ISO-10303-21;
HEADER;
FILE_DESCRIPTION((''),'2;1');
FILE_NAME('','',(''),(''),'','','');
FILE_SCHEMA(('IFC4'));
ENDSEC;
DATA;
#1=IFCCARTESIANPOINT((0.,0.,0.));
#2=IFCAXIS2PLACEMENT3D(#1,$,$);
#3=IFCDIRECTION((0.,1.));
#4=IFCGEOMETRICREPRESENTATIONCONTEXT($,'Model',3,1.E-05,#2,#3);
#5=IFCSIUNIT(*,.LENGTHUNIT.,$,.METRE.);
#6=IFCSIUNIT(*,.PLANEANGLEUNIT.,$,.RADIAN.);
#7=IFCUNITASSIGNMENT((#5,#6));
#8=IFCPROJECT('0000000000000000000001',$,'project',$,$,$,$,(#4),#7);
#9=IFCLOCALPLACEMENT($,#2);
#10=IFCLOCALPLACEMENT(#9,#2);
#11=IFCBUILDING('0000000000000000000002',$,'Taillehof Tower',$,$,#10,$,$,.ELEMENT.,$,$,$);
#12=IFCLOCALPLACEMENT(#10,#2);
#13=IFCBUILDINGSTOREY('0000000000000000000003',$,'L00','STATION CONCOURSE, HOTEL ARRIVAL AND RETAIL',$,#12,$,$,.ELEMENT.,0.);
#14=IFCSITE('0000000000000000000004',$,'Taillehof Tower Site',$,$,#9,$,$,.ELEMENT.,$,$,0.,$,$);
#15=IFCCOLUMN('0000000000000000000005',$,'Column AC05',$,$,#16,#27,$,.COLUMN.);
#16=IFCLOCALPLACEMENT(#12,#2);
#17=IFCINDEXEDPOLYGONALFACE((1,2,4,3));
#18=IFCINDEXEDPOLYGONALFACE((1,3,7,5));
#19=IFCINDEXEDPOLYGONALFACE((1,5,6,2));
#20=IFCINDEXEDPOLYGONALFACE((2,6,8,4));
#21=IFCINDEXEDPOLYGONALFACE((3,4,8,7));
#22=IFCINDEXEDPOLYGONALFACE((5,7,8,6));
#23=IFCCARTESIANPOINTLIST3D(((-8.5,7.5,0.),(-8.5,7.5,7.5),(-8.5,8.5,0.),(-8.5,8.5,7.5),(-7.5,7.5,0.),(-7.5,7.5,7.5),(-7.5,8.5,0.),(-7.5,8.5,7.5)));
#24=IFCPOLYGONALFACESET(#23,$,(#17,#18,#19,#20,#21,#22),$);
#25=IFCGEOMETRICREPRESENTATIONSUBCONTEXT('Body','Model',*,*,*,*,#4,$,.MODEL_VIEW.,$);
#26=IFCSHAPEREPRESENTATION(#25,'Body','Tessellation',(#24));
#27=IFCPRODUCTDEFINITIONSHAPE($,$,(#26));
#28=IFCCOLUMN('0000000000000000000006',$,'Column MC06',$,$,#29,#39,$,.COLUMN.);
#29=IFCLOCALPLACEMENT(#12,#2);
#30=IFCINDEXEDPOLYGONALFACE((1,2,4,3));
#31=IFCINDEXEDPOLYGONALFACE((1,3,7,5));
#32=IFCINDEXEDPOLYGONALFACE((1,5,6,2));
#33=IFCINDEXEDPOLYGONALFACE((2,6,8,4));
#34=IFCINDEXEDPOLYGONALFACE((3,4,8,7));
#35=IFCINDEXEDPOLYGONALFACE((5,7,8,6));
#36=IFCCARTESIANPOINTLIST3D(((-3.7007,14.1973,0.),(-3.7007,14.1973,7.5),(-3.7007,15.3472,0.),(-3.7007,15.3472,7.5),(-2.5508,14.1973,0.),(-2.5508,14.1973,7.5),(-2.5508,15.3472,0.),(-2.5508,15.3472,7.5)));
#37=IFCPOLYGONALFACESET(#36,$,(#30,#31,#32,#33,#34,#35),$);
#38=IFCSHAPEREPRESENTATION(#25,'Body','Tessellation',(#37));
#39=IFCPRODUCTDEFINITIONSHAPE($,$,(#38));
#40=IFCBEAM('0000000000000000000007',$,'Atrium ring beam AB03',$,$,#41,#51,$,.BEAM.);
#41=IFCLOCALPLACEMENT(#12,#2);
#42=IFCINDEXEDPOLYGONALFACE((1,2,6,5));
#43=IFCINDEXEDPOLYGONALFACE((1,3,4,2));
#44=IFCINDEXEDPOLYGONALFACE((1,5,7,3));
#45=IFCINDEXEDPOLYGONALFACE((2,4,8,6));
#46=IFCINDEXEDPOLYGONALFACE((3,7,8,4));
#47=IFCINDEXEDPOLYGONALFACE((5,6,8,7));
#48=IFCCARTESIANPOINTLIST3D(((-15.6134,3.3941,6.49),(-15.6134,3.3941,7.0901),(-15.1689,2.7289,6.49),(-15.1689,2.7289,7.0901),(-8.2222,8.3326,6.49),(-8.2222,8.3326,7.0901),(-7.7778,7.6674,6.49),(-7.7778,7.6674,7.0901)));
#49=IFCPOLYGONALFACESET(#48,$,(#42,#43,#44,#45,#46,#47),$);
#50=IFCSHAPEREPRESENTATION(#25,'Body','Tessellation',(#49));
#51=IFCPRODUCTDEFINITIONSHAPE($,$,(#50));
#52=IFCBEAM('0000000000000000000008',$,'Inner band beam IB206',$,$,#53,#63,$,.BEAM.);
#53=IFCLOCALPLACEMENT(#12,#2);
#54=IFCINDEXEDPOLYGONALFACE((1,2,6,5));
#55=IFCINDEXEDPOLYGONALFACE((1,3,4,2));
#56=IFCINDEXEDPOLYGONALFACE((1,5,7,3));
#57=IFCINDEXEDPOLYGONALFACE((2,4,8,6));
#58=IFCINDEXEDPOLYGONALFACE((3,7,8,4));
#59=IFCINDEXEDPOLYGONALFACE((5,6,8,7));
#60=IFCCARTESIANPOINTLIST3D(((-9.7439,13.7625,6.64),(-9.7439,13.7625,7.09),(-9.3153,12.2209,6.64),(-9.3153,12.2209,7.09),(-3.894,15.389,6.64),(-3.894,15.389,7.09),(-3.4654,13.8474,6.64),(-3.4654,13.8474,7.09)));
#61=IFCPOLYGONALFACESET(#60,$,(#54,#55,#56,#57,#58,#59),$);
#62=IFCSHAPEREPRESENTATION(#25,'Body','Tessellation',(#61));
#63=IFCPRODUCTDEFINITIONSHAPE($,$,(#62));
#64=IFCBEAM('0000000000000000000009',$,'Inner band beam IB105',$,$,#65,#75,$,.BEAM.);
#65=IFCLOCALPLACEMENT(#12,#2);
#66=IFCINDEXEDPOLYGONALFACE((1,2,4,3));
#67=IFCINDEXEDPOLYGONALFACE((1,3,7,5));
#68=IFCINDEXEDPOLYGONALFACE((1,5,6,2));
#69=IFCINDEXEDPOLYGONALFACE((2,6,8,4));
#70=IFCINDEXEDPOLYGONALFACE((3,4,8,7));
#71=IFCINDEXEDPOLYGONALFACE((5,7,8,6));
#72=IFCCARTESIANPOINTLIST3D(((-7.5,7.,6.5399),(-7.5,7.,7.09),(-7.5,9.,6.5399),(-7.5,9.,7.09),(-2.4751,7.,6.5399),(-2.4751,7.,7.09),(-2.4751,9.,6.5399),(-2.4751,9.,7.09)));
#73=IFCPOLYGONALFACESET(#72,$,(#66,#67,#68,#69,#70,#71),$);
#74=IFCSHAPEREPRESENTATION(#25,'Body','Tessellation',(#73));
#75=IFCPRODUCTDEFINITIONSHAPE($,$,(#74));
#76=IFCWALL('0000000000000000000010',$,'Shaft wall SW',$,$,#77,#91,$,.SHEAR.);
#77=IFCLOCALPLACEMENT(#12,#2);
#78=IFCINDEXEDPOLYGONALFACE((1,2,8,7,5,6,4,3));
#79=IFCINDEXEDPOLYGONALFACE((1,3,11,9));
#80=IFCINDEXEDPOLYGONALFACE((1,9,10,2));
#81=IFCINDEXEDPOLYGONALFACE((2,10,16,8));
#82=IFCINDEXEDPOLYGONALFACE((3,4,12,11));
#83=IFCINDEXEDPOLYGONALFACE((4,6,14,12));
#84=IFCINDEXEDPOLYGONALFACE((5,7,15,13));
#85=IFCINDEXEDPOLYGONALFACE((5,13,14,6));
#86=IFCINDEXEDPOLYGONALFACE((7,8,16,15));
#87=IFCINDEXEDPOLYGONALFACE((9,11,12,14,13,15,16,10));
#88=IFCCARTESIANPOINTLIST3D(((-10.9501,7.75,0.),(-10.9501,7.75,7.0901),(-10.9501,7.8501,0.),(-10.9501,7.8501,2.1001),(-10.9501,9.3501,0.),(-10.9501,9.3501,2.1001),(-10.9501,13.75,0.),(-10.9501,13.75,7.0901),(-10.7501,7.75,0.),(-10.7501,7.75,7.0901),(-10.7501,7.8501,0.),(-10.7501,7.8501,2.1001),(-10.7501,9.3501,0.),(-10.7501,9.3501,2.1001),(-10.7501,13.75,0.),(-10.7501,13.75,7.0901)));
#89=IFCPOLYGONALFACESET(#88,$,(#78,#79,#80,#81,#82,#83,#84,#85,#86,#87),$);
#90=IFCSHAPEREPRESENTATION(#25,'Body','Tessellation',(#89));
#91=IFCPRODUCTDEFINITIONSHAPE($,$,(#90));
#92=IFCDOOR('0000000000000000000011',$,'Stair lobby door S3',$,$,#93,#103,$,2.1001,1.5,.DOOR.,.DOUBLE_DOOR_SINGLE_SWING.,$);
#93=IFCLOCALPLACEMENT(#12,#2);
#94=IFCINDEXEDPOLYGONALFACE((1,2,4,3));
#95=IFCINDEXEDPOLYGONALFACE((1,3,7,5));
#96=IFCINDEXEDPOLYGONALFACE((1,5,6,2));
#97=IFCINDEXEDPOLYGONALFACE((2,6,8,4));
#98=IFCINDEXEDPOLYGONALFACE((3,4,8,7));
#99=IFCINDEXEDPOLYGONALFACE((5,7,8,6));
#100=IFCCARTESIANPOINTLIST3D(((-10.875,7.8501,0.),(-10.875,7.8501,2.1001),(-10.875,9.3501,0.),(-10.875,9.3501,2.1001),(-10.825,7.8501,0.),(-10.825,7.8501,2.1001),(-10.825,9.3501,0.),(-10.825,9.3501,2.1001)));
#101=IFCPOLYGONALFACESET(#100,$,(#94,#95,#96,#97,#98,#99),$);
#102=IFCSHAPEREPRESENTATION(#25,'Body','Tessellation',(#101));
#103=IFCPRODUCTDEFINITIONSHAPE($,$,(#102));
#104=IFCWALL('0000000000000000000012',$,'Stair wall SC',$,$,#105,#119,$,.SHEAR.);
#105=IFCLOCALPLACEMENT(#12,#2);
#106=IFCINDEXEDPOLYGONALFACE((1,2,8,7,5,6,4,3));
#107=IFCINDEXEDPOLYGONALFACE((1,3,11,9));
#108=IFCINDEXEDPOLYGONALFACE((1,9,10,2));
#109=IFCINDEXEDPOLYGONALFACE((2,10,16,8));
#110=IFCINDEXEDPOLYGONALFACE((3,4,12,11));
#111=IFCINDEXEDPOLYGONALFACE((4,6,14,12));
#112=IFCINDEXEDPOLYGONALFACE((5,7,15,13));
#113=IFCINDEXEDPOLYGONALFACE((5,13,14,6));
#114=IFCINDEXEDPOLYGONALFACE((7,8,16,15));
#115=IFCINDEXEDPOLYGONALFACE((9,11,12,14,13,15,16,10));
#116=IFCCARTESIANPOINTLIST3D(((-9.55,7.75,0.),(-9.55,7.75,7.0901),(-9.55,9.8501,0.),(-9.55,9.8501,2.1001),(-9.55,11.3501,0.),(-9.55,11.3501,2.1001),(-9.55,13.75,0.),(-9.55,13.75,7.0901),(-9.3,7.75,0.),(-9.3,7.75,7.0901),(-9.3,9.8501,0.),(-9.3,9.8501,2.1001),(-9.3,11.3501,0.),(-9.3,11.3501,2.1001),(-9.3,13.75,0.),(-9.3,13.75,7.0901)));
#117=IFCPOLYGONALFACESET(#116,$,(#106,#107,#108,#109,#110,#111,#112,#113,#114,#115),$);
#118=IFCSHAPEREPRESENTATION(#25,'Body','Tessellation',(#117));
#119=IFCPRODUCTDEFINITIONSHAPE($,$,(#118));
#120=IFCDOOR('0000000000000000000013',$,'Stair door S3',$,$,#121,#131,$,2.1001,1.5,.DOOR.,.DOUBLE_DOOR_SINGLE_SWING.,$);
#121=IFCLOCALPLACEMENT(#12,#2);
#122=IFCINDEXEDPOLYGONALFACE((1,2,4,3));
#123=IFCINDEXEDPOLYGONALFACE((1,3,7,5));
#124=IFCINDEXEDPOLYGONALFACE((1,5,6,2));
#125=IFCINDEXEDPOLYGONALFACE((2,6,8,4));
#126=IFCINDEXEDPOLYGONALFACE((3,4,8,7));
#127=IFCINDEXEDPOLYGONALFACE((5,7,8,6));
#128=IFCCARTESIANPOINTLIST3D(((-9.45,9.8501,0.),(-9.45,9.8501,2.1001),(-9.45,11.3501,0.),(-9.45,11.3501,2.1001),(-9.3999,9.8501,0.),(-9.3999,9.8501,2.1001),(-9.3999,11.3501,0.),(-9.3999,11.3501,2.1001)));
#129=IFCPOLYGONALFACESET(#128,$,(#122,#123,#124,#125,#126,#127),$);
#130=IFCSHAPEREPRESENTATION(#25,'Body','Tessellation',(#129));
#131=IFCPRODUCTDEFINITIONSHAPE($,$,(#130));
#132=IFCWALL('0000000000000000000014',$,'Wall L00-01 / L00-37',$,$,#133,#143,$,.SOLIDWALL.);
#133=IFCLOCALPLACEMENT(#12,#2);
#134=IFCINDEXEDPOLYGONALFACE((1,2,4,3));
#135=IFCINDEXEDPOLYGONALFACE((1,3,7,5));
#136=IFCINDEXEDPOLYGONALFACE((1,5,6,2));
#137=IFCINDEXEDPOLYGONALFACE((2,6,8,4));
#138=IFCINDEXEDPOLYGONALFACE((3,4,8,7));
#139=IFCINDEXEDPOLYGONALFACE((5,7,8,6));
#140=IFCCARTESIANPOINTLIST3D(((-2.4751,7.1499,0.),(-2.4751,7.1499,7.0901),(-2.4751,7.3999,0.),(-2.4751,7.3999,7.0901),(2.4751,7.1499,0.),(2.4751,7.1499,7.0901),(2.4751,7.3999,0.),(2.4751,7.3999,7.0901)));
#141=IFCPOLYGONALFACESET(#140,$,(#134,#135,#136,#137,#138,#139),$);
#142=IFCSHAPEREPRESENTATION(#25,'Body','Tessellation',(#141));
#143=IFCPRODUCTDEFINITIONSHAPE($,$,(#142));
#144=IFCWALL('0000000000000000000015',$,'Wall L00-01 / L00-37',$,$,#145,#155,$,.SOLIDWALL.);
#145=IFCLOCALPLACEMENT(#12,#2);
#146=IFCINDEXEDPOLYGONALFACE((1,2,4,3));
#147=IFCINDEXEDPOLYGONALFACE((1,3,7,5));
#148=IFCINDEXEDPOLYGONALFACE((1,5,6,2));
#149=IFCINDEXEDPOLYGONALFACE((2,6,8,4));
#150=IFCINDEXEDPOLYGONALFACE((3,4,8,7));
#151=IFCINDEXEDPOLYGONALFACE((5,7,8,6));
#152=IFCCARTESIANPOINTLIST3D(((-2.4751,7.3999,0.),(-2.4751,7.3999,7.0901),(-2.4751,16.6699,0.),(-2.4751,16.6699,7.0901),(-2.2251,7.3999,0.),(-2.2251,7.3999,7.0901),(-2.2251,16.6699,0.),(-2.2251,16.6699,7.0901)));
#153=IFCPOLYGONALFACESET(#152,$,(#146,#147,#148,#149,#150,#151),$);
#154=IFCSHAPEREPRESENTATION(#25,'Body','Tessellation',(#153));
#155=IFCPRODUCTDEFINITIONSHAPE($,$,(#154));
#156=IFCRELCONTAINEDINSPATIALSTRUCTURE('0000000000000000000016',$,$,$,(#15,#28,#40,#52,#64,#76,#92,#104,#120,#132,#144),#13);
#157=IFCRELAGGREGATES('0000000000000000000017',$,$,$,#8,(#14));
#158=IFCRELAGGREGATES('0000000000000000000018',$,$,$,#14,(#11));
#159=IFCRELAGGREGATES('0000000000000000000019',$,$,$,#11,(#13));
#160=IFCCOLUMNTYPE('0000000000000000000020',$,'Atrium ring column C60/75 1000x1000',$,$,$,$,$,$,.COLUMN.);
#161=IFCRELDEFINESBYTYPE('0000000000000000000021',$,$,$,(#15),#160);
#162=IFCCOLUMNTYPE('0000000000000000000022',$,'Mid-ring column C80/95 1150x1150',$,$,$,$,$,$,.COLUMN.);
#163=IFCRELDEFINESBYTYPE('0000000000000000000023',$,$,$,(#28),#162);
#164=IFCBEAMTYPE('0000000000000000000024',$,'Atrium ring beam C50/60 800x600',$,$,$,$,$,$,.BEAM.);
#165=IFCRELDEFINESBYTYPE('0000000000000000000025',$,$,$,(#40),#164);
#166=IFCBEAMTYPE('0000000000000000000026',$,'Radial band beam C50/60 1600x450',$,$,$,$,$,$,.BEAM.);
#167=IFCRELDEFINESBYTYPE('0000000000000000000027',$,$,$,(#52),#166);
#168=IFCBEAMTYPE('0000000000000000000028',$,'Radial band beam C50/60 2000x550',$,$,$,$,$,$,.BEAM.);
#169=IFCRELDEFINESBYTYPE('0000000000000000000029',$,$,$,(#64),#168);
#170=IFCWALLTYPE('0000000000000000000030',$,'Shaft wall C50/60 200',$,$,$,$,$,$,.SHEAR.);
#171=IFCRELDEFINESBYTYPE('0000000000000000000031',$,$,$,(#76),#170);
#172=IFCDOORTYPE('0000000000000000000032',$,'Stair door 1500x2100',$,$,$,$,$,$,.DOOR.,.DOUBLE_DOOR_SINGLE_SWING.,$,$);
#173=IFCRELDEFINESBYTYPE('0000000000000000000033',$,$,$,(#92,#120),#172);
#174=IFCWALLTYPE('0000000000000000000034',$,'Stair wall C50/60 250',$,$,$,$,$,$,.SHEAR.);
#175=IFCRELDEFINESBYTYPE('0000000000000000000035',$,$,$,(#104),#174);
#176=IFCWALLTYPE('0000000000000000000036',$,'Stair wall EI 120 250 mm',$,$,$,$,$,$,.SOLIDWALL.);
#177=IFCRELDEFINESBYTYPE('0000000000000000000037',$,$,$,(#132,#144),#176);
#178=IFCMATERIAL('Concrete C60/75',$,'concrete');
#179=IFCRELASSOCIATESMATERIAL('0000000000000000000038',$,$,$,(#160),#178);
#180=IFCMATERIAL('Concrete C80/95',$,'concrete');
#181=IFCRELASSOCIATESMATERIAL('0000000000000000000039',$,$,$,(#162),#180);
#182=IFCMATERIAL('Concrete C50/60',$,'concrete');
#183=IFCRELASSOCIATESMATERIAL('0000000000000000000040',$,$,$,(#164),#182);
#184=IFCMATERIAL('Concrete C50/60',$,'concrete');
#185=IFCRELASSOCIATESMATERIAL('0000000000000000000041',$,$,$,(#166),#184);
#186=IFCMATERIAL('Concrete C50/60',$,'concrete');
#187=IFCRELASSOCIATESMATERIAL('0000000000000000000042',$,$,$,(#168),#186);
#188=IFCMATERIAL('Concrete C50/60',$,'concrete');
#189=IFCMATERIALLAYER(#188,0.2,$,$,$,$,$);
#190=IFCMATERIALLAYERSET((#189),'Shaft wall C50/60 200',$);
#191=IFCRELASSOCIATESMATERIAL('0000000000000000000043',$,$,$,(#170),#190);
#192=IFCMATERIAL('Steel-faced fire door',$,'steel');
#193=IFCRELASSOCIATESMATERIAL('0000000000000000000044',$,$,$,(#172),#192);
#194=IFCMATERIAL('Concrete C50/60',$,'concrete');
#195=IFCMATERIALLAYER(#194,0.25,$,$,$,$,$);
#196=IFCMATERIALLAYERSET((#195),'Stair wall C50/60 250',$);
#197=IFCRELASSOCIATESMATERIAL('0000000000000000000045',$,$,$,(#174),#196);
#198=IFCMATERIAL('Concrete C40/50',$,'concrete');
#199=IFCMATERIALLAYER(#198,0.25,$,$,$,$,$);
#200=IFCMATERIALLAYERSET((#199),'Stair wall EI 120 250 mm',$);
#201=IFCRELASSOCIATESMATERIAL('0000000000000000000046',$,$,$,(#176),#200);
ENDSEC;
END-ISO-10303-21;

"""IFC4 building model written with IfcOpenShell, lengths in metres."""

from ifc_helpers import new_model, si_unit, direction, frame, frame_2d, origin, origin_2d, place, context, subcontext, project, spatial, rectangle, extrude, material, layer, layer_set, material_profile, profile_set, type_object, element, fill, save


model = new_model("IFC4")

# Units and contexts
model_context = context("Model", 3, precision=1e-05, world=origin(), true_north=direction((0.0, 1.0)))
body_context = subcontext(model_context, "Body", "Model", "MODEL_VIEW")
ifc_project = project(units=[si_unit("LENGTHUNIT", "METRE"), si_unit("PLANEANGLEUNIT", "RADIAN")], contexts=[model_context])

# Site, building, storey
site_placement = place(None, origin())
site = spatial("IfcSite", under=ifc_project, at=site_placement, Name="Taillehof Tower Site", CompositionType="ELEMENT", RefElevation=0.0)
building_placement = place(site_placement, origin())
building = spatial("IfcBuilding", under=site, at=building_placement, Name="Taillehof Tower", CompositionType="ELEMENT")
storey_placement = place(building_placement, origin())
storey = spatial("IfcBuildingStorey", under=building, at=storey_placement, Name="L00", Description="STATION CONCOURSE, HOTEL ARRIVAL AND RETAIL", CompositionType="ELEMENT", Elevation=0.0)

# Columns
ifc_material_1 = material(Name="Concrete C60/75", Category="concrete")
ifc_material_profile_1 = material_profile(ifc_material_1, rectangle(XDim=1.0, YDim=1.0, at=origin_2d()), Name="RC 1000x1000")
ifc_profile_set_1 = profile_set([ifc_material_profile_1], Name="Concrete C60/75")
column_type_1 = type_object("IfcColumnType", Name="Atrium ring column C60/75 1000x1000", PredefinedType="COLUMN", material=ifc_profile_set_1)
column_1_placement = place(storey_placement, frame((-8.0, 8.0, 0.0), z_axis=(0.0, 0.0, 1.0), x_axis=(1.0, 0.0, 0.0)))
element("IfcColumn", 1, at=column_1_placement, inside=storey, type_object=column_type_1, Name="Column AC05", PredefinedType="COLUMN", context=body_context, shape_type="SweptSolid", body=[
    extrude(rectangle(XDim=1.0, YDim=1.0, at=origin_2d()), origin(), (0.0, 0.0, 1.0), 7.5),
])
ifc_material_2 = material(Name="Concrete C80/95", Category="concrete")
ifc_material_profile_2 = material_profile(ifc_material_2, rectangle(XDim=1.1499, YDim=1.1499, at=origin_2d()), Name="RC 1150x1150")
ifc_profile_set_2 = profile_set([ifc_material_profile_2], Name="Concrete C80/95")
column_type_2 = type_object("IfcColumnType", Name="Mid-ring column C80/95 1150x1150", PredefinedType="COLUMN", material=ifc_profile_set_2)
column_2_placement = place(storey_placement, frame((-3.1257, 14.7722, 0.0), z_axis=(0.0, 0.0, 1.0), x_axis=(1.0, 0.0, 0.0)))
element("IfcColumn", 2, at=column_2_placement, inside=storey, type_object=column_type_2, Name="Column MC06", PredefinedType="COLUMN", context=body_context, shape_type="SweptSolid", body=[
    extrude(rectangle(XDim=1.1499, YDim=1.1499, at=origin_2d()), origin(), (0.0, 0.0, 1.0), 7.5),
])

# Beams
ifc_material_3 = material(Name="Concrete C50/60", Category="concrete")
ifc_material_profile_3 = material_profile(ifc_material_3, rectangle(XDim=0.8, YDim=0.6001, at=origin_2d()), Name="RC 800x600")
ifc_profile_set_3 = profile_set([ifc_material_profile_3], Name="Concrete C50/60")
beam_type_1 = type_object("IfcBeamType", Name="Atrium ring beam C50/60 800x600", PredefinedType="BEAM", material=ifc_profile_set_3)
beam_1_placement = place(storey_placement, frame((-8.0, 8.0, 6.79), z_axis=(-0.831475, -0.555562, 0.0), x_axis=(0.555562, -0.831475, 0.0)))
element("IfcBeam", 3, at=beam_1_placement, inside=storey, type_object=beam_type_1, Name="Atrium ring beam AB03", PredefinedType="BEAM", context=body_context, shape_type="SweptSolid", body=[
    extrude(rectangle(XDim=0.8, YDim=0.6001, at=origin_2d()), origin(), (0.0, 0.0, 1.0), 8.8892),
])
ifc_material_4 = material(Name="Concrete C50/60", Category="concrete")
ifc_material_profile_4 = material_profile(ifc_material_4, rectangle(XDim=1.6001, YDim=0.45, at=origin_2d()), Name="RC 1600x450")
ifc_profile_set_4 = profile_set([ifc_material_profile_4], Name="Concrete C50/60")
beam_type_2 = type_object("IfcBeamType", Name="Radial band beam C50/60 1600x450", PredefinedType="BEAM", material=ifc_profile_set_4)
beam_2_placement = place(storey_placement, frame((-3.6797, 14.6182, 6.865), z_axis=(-0.963454, -0.267874, 0.0), x_axis=(0.267874, -0.963454, 0.0)))
element("IfcBeam", 4, at=beam_2_placement, inside=storey, type_object=beam_type_2, Name="Inner band beam IB206", PredefinedType="BEAM", context=body_context, shape_type="SweptSolid", body=[
    extrude(rectangle(XDim=1.6001, YDim=0.45, at=origin_2d()), origin(), (0.0, 0.0, 1.0), 6.0718),
])
ifc_material_5 = material(Name="Concrete C50/60", Category="concrete")
ifc_material_profile_5 = material_profile(ifc_material_5, rectangle(XDim=2.0, YDim=0.55, at=origin_2d()), Name="RC 2000x550")
ifc_profile_set_5 = profile_set([ifc_material_profile_5], Name="Concrete C50/60")
beam_type_3 = type_object("IfcBeamType", Name="Radial band beam C50/60 2000x550", PredefinedType="BEAM", material=ifc_profile_set_5)
beam_3_placement = place(storey_placement, frame((-7.5, 8.0, 6.8149), z_axis=(1.0, 0.0, 0.0), x_axis=(0.0, 1.0, 0.0)))
element("IfcBeam", 5, at=beam_3_placement, inside=storey, type_object=beam_type_3, Name="Inner band beam IB105", PredefinedType="BEAM", context=body_context, shape_type="SweptSolid", body=[
    extrude(rectangle(XDim=2.0, YDim=0.55, at=origin_2d()), origin(), (0.0, 0.0, 1.0), 5.0249),
])

# Walls, openings, doors
ifc_material_6 = material(Name="Concrete C50/60", Category="concrete")
ifc_layer_1 = layer(ifc_material_6, 0.2)
ifc_layer_set_1 = layer_set([ifc_layer_1], Name="Shaft wall C50/60 200")
wall_type_1 = type_object("IfcWallType", Name="Shaft wall C50/60 200", PredefinedType="SHEAR", material=ifc_layer_set_1)
wall_1_placement = place(storey_placement, frame((-10.8501, 7.75, 0.0), z_axis=(0.0, 0.0, 1.0), x_axis=(0.0, 1.0, 0.0)))
wall_1 = element("IfcWall", 6, at=wall_1_placement, inside=storey, type_object=wall_type_1, Name="Shaft wall SW", PredefinedType="SHEAR", context=body_context, shape_type="SweptSolid", body=[
    extrude(rectangle(XDim=6.0, YDim=0.2, at=frame_2d((3.0, 0.0))), origin(), (0.0, 0.0, 1.0), 7.0901),
])
opening_1_placement = place(wall_1_placement, frame((0.1001, 0.0, 0.0)))
opening_1 = element("IfcOpeningElement", 7, at=opening_1_placement, cuts=wall_1, PredefinedType="OPENING", context=body_context, shape_type="SweptSolid", body=[
    extrude(rectangle(XDim=1.5, YDim=2.1001, at=frame_2d((0.75, 1.05))), frame((0.0, 0.1099, 0.0), z_axis=(0.0, -1.0, 0.0), x_axis=(1.0, 0.0, 0.0)), (0.0, 0.0, 1.0), 0.22),
])
ifc_material_7 = material(Name="Steel-faced fire door", Category="steel")
door_type = type_object("IfcDoorType", Name="Stair door 1500x2100", OperationType="DOUBLE_DOOR_SINGLE_SWING", PredefinedType="DOOR", material=ifc_material_7)
door_1_placement = place(opening_1_placement, origin())
door_1 = element("IfcDoor", 8, at=door_1_placement, inside=storey, type_object=door_type, Name="Stair lobby door S3", OperationType="DOUBLE_DOOR_SINGLE_SWING", OverallHeight=2.1001, OverallWidth=1.5, PredefinedType="DOOR", context=body_context, shape_type="SweptSolid", body=[
    extrude(rectangle(XDim=1.5, YDim=2.1001, at=frame_2d((0.75, 1.05))), frame((0.0, 0.0249, 0.0), z_axis=(0.0, -1.0, 0.0), x_axis=(1.0, 0.0, 0.0)), (0.0, 0.0, 1.0), 0.05),
])
fill(opening_1, door_1)
ifc_material_8 = material(Name="Concrete C50/60", Category="concrete")
ifc_layer_2 = layer(ifc_material_8, 0.25)
ifc_layer_set_2 = layer_set([ifc_layer_2], Name="Stair wall C50/60 250")
wall_type_2 = type_object("IfcWallType", Name="Stair wall C50/60 250", PredefinedType="SHEAR", material=ifc_layer_set_2)
wall_2_placement = place(storey_placement, frame((-9.425, 7.75, 0.0), z_axis=(0.0, 0.0, 1.0), x_axis=(0.0, 1.0, 0.0)))
wall_2 = element("IfcWall", 9, at=wall_2_placement, inside=storey, type_object=wall_type_2, Name="Stair wall SC", PredefinedType="SHEAR", context=body_context, shape_type="SweptSolid", body=[
    extrude(rectangle(XDim=6.0, YDim=0.25, at=frame_2d((3.0, 0.0))), origin(), (0.0, 0.0, 1.0), 7.0901),
])
opening_2_placement = place(wall_2_placement, frame((2.1001, 0.0, 0.0)))
opening_2 = element("IfcOpeningElement", 10, at=opening_2_placement, cuts=wall_2, PredefinedType="OPENING", context=body_context, shape_type="SweptSolid", body=[
    extrude(rectangle(XDim=1.5, YDim=2.1001, at=frame_2d((0.75, 1.05))), frame((0.0, 0.135, 0.0), z_axis=(0.0, -1.0, 0.0), x_axis=(1.0, 0.0, 0.0)), (0.0, 0.0, 1.0), 0.27),
])
door_2_placement = place(opening_2_placement, origin())
door_2 = element("IfcDoor", 11, at=door_2_placement, inside=storey, type_object=door_type, Name="Stair door S3", OperationType="DOUBLE_DOOR_SINGLE_SWING", OverallHeight=2.1001, OverallWidth=1.5, PredefinedType="DOOR", context=body_context, shape_type="SweptSolid", body=[
    extrude(rectangle(XDim=1.5, YDim=2.1001, at=frame_2d((0.75, 1.05))), frame((0.0, 0.0249, 0.0), z_axis=(0.0, -1.0, 0.0), x_axis=(1.0, 0.0, 0.0)), (0.0, 0.0, 1.0), 0.05),
])
fill(opening_2, door_2)

# Walls
ifc_material_9 = material(Name="Concrete C40/50", Category="concrete")
ifc_layer_3 = layer(ifc_material_9, 0.25)
ifc_layer_set_3 = layer_set([ifc_layer_3], Name="Stair wall EI 120 250 mm")
wall_type_3 = type_object("IfcWallType", Name="Stair wall EI 120 250 mm", PredefinedType="SOLIDWALL", material=ifc_layer_set_3)
wall_3_placement = place(storey_placement, frame((-2.4751, 7.2749, 0.0), z_axis=(0.0, 0.0, 1.0), x_axis=(1.0, 0.0, 0.0)))
element("IfcWall", 12, at=wall_3_placement, inside=storey, type_object=wall_type_3, Name="Wall L00-01 / L00-37", PredefinedType="SOLIDWALL", context=body_context, shape_type="SweptSolid", body=[
    extrude(rectangle(XDim=4.9502, YDim=0.25, at=frame_2d((2.4751, 0.0))), origin(), (0.0, 0.0, 1.0), 7.0901),
])
wall_4_placement = place(storey_placement, frame((-2.3501, 7.3999, 0.0), z_axis=(0.0, 0.0, 1.0), x_axis=(0.0, 1.0, 0.0)))
element("IfcWall", 13, at=wall_4_placement, inside=storey, type_object=wall_type_3, Name="Wall L00-01 / L00-37", PredefinedType="SOLIDWALL", context=body_context, shape_type="SweptSolid", body=[
    extrude(rectangle(XDim=9.27, YDim=0.25, at=frame_2d((4.635, 0.0))), origin(), (0.0, 0.0, 1.0), 7.0901),
])

save(model, "model.ifc")
